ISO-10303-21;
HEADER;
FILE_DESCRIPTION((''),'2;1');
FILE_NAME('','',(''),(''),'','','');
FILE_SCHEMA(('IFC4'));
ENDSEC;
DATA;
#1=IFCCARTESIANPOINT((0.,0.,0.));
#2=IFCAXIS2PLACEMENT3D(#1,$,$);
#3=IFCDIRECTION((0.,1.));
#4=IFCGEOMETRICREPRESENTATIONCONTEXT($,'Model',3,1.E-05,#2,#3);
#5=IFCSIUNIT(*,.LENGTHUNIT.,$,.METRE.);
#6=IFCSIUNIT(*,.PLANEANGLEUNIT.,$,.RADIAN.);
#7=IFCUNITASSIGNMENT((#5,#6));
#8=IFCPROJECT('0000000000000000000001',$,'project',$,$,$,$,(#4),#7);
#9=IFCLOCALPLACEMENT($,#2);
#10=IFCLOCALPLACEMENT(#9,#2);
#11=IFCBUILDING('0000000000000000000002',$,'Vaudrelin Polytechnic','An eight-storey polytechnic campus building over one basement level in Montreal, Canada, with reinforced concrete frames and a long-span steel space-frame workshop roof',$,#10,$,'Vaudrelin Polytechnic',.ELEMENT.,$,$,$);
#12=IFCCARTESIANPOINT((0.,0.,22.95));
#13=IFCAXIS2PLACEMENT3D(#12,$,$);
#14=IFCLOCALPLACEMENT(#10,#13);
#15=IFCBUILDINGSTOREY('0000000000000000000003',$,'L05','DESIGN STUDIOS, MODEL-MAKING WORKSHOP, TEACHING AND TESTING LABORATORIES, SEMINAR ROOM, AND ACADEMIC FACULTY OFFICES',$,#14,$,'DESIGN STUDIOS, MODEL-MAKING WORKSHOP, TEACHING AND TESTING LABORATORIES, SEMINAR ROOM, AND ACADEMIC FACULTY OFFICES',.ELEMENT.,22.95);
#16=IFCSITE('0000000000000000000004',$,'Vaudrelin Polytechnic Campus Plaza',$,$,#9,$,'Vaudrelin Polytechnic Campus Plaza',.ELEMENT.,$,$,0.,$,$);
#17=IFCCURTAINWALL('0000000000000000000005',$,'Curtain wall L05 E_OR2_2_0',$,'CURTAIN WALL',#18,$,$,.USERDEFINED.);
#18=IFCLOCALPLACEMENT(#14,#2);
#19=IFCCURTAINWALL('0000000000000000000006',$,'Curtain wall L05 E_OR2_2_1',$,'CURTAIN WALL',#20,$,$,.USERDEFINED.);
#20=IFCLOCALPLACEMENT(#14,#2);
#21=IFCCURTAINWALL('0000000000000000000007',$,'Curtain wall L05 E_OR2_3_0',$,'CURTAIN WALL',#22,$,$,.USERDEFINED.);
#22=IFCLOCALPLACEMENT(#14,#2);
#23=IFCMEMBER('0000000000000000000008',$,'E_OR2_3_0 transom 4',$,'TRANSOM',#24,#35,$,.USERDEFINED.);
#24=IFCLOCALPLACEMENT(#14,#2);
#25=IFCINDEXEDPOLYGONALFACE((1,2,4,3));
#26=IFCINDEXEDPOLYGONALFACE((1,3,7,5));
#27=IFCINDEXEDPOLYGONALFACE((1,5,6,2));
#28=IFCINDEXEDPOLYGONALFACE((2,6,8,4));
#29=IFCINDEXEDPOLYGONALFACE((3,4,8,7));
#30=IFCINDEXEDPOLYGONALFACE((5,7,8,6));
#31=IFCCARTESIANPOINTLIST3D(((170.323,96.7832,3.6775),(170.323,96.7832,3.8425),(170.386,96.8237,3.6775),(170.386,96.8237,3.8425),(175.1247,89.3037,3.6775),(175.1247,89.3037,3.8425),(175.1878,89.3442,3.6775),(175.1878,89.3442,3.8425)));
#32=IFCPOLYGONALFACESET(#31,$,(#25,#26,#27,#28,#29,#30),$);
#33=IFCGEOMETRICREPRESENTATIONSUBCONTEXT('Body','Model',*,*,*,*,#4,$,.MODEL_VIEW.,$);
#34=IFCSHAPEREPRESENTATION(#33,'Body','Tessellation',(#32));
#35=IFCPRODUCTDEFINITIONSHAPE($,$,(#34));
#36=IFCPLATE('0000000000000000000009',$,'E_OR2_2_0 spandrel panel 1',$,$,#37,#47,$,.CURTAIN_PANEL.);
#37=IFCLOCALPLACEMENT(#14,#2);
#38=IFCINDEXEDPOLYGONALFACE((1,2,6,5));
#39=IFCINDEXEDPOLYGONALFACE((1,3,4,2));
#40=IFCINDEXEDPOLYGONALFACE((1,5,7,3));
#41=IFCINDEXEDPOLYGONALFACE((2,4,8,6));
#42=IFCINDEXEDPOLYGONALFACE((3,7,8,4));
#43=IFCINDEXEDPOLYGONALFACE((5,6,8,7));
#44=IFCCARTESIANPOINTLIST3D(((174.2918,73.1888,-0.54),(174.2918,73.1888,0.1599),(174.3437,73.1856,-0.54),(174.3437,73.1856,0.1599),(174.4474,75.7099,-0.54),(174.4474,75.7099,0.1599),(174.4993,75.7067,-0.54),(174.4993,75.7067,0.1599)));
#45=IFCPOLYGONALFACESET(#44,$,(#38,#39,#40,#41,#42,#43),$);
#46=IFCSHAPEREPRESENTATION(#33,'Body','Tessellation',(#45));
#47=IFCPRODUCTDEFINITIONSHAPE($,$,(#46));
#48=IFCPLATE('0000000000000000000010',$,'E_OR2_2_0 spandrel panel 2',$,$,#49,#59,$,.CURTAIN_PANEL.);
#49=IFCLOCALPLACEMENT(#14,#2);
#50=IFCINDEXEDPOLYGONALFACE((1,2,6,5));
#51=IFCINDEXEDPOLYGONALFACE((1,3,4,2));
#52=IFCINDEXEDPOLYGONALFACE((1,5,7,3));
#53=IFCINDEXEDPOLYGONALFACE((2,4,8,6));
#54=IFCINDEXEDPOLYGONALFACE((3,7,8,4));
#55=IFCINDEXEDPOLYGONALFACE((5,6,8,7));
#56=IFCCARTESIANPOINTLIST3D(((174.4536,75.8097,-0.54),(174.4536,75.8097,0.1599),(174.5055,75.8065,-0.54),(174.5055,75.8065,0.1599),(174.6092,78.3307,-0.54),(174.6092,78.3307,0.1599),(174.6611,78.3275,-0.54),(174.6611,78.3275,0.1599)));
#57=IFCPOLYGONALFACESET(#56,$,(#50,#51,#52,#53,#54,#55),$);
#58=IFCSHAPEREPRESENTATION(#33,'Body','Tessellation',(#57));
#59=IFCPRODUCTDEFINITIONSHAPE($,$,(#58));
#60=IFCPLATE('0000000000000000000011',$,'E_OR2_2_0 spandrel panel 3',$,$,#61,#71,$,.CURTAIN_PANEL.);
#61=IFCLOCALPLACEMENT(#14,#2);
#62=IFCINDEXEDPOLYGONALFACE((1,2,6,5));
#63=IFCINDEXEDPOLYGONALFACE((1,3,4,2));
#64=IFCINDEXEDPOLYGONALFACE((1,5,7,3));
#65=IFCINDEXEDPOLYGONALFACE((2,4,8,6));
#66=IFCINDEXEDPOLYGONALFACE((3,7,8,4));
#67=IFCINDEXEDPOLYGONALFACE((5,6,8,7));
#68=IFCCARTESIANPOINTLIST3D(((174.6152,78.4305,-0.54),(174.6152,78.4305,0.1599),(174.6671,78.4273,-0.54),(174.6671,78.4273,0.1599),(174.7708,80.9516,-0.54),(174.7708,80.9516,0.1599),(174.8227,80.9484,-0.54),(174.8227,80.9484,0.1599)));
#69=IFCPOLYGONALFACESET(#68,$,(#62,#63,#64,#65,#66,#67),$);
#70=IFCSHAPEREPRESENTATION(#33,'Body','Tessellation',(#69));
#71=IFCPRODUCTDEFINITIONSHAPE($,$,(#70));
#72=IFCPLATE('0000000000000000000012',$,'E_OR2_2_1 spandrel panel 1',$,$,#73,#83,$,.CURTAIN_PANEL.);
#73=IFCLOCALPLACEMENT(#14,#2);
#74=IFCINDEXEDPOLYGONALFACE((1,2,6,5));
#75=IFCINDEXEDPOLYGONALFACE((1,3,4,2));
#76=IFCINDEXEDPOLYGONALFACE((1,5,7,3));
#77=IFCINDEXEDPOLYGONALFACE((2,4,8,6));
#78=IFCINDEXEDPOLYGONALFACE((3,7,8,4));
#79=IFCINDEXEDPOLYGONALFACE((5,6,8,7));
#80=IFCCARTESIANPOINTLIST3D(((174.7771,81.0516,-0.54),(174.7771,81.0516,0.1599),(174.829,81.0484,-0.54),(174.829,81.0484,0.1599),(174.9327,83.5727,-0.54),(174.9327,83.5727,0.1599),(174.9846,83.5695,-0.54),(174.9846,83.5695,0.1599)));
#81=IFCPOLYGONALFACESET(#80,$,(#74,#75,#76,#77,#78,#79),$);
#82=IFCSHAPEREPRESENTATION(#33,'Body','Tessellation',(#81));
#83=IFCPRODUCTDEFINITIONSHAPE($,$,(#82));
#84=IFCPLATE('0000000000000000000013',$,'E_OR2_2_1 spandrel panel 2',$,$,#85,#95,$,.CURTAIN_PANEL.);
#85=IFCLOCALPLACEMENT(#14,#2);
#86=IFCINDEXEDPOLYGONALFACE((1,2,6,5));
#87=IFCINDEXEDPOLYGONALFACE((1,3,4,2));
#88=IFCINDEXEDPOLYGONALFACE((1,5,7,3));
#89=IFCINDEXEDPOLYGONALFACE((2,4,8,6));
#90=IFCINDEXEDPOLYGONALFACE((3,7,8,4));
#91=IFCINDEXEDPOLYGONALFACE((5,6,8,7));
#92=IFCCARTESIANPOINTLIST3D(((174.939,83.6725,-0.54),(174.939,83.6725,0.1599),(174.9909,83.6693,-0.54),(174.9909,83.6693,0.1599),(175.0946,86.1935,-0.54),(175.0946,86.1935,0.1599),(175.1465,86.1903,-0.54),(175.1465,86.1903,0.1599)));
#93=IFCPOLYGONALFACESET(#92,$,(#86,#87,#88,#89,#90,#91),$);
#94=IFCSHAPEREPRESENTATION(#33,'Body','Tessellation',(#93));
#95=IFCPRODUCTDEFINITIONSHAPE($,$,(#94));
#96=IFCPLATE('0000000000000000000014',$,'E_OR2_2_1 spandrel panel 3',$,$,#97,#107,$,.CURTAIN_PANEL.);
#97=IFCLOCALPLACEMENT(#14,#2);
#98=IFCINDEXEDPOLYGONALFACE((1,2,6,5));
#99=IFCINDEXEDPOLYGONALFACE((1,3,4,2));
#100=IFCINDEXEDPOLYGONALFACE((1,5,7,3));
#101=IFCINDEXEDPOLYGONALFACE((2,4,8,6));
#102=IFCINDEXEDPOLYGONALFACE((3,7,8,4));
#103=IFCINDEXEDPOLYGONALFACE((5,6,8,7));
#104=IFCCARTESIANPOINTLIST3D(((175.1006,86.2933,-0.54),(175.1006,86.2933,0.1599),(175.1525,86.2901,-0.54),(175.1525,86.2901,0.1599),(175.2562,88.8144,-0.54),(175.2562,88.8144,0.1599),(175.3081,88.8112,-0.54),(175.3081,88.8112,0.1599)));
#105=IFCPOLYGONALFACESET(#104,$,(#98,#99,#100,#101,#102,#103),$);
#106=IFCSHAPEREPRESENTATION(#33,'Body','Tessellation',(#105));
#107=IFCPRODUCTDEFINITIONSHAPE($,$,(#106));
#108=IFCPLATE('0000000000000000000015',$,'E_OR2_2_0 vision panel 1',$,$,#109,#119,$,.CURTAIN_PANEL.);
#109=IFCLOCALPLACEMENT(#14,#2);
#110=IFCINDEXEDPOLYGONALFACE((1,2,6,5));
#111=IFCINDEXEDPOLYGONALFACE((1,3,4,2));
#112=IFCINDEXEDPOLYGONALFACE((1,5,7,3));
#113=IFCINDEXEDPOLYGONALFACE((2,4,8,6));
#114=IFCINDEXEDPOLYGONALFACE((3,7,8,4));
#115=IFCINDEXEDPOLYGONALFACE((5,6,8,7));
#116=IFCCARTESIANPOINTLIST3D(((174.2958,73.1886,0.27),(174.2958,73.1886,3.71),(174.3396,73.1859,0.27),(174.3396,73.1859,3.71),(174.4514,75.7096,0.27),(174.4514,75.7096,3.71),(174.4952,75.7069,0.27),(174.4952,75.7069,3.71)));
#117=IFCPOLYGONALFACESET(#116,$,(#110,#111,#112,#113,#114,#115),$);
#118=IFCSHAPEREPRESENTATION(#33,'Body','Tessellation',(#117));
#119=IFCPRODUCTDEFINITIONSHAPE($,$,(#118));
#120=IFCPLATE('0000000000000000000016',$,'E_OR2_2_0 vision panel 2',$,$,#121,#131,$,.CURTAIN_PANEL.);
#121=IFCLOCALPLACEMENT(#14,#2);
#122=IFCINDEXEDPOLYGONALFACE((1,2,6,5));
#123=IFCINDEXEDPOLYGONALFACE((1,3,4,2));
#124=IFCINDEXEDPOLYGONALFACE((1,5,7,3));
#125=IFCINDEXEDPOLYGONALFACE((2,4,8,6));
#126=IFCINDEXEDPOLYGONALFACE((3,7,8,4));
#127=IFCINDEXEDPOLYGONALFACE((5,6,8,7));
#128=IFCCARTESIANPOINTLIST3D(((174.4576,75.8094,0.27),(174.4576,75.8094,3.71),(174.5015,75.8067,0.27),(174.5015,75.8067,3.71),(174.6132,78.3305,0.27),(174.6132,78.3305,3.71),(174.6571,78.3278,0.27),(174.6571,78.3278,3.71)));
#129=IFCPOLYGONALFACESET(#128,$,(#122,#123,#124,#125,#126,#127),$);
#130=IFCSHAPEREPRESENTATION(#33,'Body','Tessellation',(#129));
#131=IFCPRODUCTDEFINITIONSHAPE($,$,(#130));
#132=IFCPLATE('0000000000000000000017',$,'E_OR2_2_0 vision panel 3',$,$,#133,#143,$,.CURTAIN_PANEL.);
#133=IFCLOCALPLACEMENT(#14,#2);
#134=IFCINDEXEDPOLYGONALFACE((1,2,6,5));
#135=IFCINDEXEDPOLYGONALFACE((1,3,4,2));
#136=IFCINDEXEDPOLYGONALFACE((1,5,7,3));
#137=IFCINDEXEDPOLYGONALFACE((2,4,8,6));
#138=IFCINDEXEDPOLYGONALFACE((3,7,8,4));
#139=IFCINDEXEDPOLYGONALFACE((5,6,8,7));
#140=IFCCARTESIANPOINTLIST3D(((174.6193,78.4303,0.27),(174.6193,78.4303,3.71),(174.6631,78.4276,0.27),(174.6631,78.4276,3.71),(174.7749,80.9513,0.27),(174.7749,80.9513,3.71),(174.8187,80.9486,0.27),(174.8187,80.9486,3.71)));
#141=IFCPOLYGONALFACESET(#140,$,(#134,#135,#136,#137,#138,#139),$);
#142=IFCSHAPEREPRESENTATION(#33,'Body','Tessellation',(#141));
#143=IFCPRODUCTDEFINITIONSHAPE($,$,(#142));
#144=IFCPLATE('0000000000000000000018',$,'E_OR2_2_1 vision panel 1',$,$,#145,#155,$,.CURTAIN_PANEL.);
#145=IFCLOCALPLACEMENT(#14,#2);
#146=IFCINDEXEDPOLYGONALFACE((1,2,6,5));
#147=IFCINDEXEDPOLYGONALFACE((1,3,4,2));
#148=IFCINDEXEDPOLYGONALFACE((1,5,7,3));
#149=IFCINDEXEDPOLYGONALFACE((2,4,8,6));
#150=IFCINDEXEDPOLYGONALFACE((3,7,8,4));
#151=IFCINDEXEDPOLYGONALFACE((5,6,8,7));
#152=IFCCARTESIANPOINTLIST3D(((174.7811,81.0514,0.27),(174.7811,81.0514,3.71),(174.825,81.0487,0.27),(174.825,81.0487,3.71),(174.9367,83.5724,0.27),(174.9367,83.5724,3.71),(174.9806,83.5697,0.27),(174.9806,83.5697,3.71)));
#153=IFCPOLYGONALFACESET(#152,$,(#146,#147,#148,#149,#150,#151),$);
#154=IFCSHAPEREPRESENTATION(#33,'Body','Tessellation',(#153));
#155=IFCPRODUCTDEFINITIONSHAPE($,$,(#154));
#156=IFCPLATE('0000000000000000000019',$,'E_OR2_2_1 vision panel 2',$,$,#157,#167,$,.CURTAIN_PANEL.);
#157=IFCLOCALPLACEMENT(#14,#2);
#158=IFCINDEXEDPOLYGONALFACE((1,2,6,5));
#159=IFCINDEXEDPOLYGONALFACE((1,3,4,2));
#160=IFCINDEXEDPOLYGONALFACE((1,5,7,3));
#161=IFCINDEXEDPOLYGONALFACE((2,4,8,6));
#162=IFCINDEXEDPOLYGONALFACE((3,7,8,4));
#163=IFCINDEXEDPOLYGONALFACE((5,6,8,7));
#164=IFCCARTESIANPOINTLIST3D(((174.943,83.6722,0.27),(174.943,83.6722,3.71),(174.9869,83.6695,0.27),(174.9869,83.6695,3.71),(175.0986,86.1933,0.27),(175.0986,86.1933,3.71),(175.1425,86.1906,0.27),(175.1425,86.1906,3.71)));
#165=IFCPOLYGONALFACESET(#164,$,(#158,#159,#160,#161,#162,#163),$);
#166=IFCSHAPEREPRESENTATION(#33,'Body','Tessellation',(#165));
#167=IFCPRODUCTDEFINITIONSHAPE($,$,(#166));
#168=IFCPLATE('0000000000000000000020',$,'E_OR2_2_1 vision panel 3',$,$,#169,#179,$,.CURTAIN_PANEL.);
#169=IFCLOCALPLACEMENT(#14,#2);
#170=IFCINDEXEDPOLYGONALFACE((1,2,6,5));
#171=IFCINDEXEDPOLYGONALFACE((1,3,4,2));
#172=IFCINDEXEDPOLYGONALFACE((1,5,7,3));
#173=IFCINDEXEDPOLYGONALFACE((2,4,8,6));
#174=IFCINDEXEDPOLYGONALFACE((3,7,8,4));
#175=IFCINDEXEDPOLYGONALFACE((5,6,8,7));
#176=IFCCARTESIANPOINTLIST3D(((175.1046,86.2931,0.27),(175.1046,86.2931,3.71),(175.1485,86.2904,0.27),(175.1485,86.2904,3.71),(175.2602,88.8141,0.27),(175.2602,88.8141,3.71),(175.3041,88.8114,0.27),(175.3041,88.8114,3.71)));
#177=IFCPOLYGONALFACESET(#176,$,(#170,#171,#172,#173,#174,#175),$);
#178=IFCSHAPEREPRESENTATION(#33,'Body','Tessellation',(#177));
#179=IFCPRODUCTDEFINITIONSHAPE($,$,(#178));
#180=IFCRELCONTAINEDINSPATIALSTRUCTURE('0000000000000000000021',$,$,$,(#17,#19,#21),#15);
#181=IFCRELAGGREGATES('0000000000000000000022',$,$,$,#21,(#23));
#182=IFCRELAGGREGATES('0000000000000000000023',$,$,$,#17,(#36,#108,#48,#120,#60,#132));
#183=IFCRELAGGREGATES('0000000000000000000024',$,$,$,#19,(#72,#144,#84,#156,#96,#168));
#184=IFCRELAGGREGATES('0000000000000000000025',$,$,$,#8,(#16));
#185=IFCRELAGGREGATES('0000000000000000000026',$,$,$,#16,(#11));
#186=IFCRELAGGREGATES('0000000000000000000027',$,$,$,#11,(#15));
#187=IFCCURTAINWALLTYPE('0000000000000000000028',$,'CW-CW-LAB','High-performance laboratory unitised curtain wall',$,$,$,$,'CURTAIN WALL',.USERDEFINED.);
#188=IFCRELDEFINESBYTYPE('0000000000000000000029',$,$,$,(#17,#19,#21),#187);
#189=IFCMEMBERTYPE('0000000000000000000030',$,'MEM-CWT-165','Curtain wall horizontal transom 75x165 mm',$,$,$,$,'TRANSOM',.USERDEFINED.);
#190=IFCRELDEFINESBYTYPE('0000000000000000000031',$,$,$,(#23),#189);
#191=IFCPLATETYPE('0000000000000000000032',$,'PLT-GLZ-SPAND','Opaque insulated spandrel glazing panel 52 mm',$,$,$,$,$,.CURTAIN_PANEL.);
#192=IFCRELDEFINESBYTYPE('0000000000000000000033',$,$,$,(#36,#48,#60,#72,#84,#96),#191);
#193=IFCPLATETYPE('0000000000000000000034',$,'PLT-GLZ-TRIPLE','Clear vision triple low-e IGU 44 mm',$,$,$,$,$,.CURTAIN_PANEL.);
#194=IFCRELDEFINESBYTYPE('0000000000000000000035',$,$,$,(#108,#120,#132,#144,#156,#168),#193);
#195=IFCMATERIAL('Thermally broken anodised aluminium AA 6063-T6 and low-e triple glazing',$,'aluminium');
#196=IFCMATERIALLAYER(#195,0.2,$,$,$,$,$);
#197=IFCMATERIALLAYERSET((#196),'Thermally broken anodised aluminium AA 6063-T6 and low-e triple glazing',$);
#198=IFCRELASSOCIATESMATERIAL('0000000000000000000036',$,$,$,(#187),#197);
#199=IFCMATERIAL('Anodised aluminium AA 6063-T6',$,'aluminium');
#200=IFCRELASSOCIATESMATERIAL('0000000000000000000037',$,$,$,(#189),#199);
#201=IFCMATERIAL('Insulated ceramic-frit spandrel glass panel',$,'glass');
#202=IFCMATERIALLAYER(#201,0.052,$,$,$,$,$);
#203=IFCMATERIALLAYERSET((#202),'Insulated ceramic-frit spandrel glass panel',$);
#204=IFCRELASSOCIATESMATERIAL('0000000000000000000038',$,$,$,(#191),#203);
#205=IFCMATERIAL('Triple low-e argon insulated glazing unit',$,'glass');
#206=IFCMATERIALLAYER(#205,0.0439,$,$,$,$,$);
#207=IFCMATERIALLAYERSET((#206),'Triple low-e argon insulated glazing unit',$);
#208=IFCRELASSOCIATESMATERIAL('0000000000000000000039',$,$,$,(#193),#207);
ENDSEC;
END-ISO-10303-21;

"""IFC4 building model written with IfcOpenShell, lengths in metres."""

from ifc_helpers import new_model, si_unit, direction, frame, origin, origin_2d, place, context, subcontext, project, spatial, rectangle, extrude, material, layer, layer_set, material_profile, profile_set, type_object, element, aggregate, save


model = new_model("IFC4")

# Units and contexts
model_context = context("Model", 3, precision=1e-05, world=origin(), true_north=direction((0.0, 1.0)))
body_context = subcontext(model_context, "Body", "Model", "MODEL_VIEW")
ifc_project = project(units=[si_unit("LENGTHUNIT", "METRE"), si_unit("PLANEANGLEUNIT", "RADIAN")], contexts=[model_context])

# Site, building, storey
site_placement = place(None, origin())
site = spatial("IfcSite", under=ifc_project, at=site_placement, Name="Vaudrelin Polytechnic Campus Plaza", LongName="Vaudrelin Polytechnic Campus Plaza", CompositionType="ELEMENT", RefElevation=0.0)
building_placement = place(site_placement, origin())
building = spatial("IfcBuilding", under=site, at=building_placement, Name="Vaudrelin Polytechnic", Description="An eight-storey polytechnic campus building over one basement level in Montreal, Canada, with reinforced concrete frames and a long-span steel space-frame workshop roof", LongName="Vaudrelin Polytechnic", CompositionType="ELEMENT")
storey_placement = place(building_placement, frame((0.0, 0.0, 22.95)))
storey = spatial("IfcBuildingStorey", under=building, at=storey_placement, Name="L05", Description="DESIGN STUDIOS, MODEL-MAKING WORKSHOP, TEACHING AND TESTING LABORATORIES, SEMINAR ROOM, AND ACADEMIC FACULTY OFFICES", LongName="DESIGN STUDIOS, MODEL-MAKING WORKSHOP, TEACHING AND TESTING LABORATORIES, SEMINAR ROOM, AND ACADEMIC FACULTY OFFICES", CompositionType="ELEMENT", Elevation=22.95)

# Curtain walls
ifc_material_1 = material(Name="Thermally broken anodised aluminium AA 6063-T6 and low-e triple glazing", Category="aluminium")
ifc_layer_1 = layer(ifc_material_1, 0.2)
ifc_layer_set_1 = layer_set([ifc_layer_1], Name="Thermally broken anodised aluminium AA 6063-T6 and low-e triple glazing")
curtain_wall_type = type_object("IfcCurtainWallType", Name="CW-CW-LAB", Description="High-performance laboratory unitised curtain wall", ElementType="CURTAIN WALL", PredefinedType="USERDEFINED", material=ifc_layer_set_1)
curtain_wall_1_placement = place(storey_placement, origin())
curtain_wall_1 = element("IfcCurtainWall", 1, at=curtain_wall_1_placement, inside=storey, type_object=curtain_wall_type, Name="Curtain wall L05 E_OR2_2_0", ObjectType="CURTAIN WALL", PredefinedType="USERDEFINED")
ifc_material_2 = material(Name="Anodised aluminium AA 6063-T6", Category="aluminium")
curtain_wall_2_placement = place(storey_placement, origin())
curtain_wall_2 = element("IfcCurtainWall", 2, at=curtain_wall_2_placement, inside=storey, type_object=curtain_wall_type, Name="Curtain wall L05 E_OR2_2_1", ObjectType="CURTAIN WALL", PredefinedType="USERDEFINED")

# Curtain wall
curtain_wall_3_placement = place(storey_placement, origin())
curtain_wall_3 = element("IfcCurtainWall", 3, at=curtain_wall_3_placement, inside=storey, type_object=curtain_wall_type, Name="Curtain wall L05 E_OR2_3_0", ObjectType="CURTAIN WALL", PredefinedType="USERDEFINED")

# Member
ifc_material_profile_1 = material_profile(ifc_material_2, rectangle(XDim=0.075, YDim=0.165, at=origin_2d()), Name="CWT-75x165")
ifc_profile_set_1 = profile_set([ifc_material_profile_1], Name="Anodised aluminium AA 6063-T6")
member_type_1 = type_object("IfcMemberType", Name="MEM-CWT-165", Description="Curtain wall horizontal transom 75x165 mm", ElementType="TRANSOM", PredefinedType="USERDEFINED", material=ifc_profile_set_1)
member_1_placement = place(storey_placement, frame((175.1562, 89.324, 3.76), z_axis=(-0.540241, 0.84151, 0.0), x_axis=(-0.84151, -0.540241, 0.0)))
member_1 = element("IfcMember", 4, at=member_1_placement, type_object=member_type_1, Name="E_OR2_3_0 transom 4", ObjectType="TRANSOM", PredefinedType="USERDEFINED", context=body_context, shape_type="SweptSolid", body=[
    extrude(rectangle(XDim=0.075, YDim=0.165, at=origin_2d()), origin(), (0.0, 0.0, 1.0), 8.8882),
])
aggregate(curtain_wall_3, [member_1])

# Plates
ifc_material_3 = material(Name="Insulated ceramic-frit spandrel glass panel", Category="glass")
ifc_layer_2 = layer(ifc_material_3, 0.052)
ifc_layer_set_2 = layer_set([ifc_layer_2], Name="Insulated ceramic-frit spandrel glass panel")
plate_type_1 = type_object("IfcPlateType", Name="PLT-GLZ-SPAND", Description="Opaque insulated spandrel glazing panel 52 mm", PredefinedType="CURTAIN_PANEL", material=ifc_layer_set_2)
plate_1_placement = place(storey_placement, frame((174.3955, 74.4478, -0.54), z_axis=(0.0, 0.0, 1.0), x_axis=(0.061605, 0.998101, 0.0)))
plate_1 = element("IfcPlate", 5, at=plate_1_placement, type_object=plate_type_1, Name="E_OR2_2_0 spandrel panel 1", PredefinedType="CURTAIN_PANEL", context=body_context, shape_type="SweptSolid", body=[
    extrude(rectangle(XDim=2.5259, YDim=0.052, at=origin_2d()), origin(), (0.0, 0.0, 1.0), 0.7),
])
plate_2_placement = place(storey_placement, frame((174.5574, 77.0686, -0.54), z_axis=(0.0, 0.0, 1.0), x_axis=(0.061605, 0.998101, 0.0)))
plate_2 = element("IfcPlate", 6, at=plate_2_placement, type_object=plate_type_1, Name="E_OR2_2_0 spandrel panel 2", PredefinedType="CURTAIN_PANEL", context=body_context, shape_type="SweptSolid", body=[
    extrude(rectangle(XDim=2.5259, YDim=0.052, at=origin_2d()), origin(), (0.0, 0.0, 1.0), 0.7),
])
plate_3_placement = place(storey_placement, frame((174.719, 79.6895, -0.54), z_axis=(0.0, 0.0, 1.0), x_axis=(0.061605, 0.998101, 0.0)))
plate_3 = element("IfcPlate", 7, at=plate_3_placement, type_object=plate_type_1, Name="E_OR2_2_0 spandrel panel 3", PredefinedType="CURTAIN_PANEL", context=body_context, shape_type="SweptSolid", body=[
    extrude(rectangle(XDim=2.5259, YDim=0.052, at=origin_2d()), origin(), (0.0, 0.0, 1.0), 0.7),
])
plate_4_placement = place(storey_placement, frame((174.8809, 82.3105, -0.54), z_axis=(0.0, 0.0, 1.0), x_axis=(0.061605, 0.998101, 0.0)))
plate_4 = element("IfcPlate", 8, at=plate_4_placement, type_object=plate_type_1, Name="E_OR2_2_1 spandrel panel 1", PredefinedType="CURTAIN_PANEL", context=body_context, shape_type="SweptSolid", body=[
    extrude(rectangle(XDim=2.5259, YDim=0.052, at=origin_2d()), origin(), (0.0, 0.0, 1.0), 0.7),
])
plate_5_placement = place(storey_placement, frame((175.0427, 84.9314, -0.54), z_axis=(0.0, 0.0, 1.0), x_axis=(0.061605, 0.998101, 0.0)))
plate_5 = element("IfcPlate", 9, at=plate_5_placement, type_object=plate_type_1, Name="E_OR2_2_1 spandrel panel 2", PredefinedType="CURTAIN_PANEL", context=body_context, shape_type="SweptSolid", body=[
    extrude(rectangle(XDim=2.5259, YDim=0.052, at=origin_2d()), origin(), (0.0, 0.0, 1.0), 0.7),
])
plate_6_placement = place(storey_placement, frame((175.2043, 87.5522, -0.54), z_axis=(0.0, 0.0, 1.0), x_axis=(0.061605, 0.998101, 0.0)))
plate_6 = element("IfcPlate", 10, at=plate_6_placement, type_object=plate_type_1, Name="E_OR2_2_1 spandrel panel 3", PredefinedType="CURTAIN_PANEL", context=body_context, shape_type="SweptSolid", body=[
    extrude(rectangle(XDim=2.5259, YDim=0.052, at=origin_2d()), origin(), (0.0, 0.0, 1.0), 0.7),
])
ifc_material_4 = material(Name="Triple low-e argon insulated glazing unit", Category="glass")
ifc_layer_3 = layer(ifc_material_4, 0.0439)
ifc_layer_set_3 = layer_set([ifc_layer_3], Name="Triple low-e argon insulated glazing unit")
plate_type_2 = type_object("IfcPlateType", Name="PLT-GLZ-TRIPLE", Description="Clear vision triple low-e IGU 44 mm", PredefinedType="CURTAIN_PANEL", material=ifc_layer_set_3)
plate_7_placement = place(storey_placement, frame((174.3955, 74.4478, 0.27), z_axis=(0.0, 0.0, 1.0), x_axis=(0.061605, 0.998101, 0.0)))
plate_7 = element("IfcPlate", 11, at=plate_7_placement, type_object=plate_type_2, Name="E_OR2_2_0 vision panel 1", PredefinedType="CURTAIN_PANEL", context=body_context, shape_type="SweptSolid", body=[
    extrude(rectangle(XDim=2.5259, YDim=0.0439, at=origin_2d()), origin(), (0.0, 0.0, 1.0), 3.4399),
])
plate_8_placement = place(storey_placement, frame((174.5574, 77.0686, 0.27), z_axis=(0.0, 0.0, 1.0), x_axis=(0.061605, 0.998101, 0.0)))
plate_8 = element("IfcPlate", 12, at=plate_8_placement, type_object=plate_type_2, Name="E_OR2_2_0 vision panel 2", PredefinedType="CURTAIN_PANEL", context=body_context, shape_type="SweptSolid", body=[
    extrude(rectangle(XDim=2.5259, YDim=0.0439, at=origin_2d()), origin(), (0.0, 0.0, 1.0), 3.4399),
])
plate_9_placement = place(storey_placement, frame((174.719, 79.6895, 0.27), z_axis=(0.0, 0.0, 1.0), x_axis=(0.061605, 0.998101, 0.0)))
plate_9 = element("IfcPlate", 13, at=plate_9_placement, type_object=plate_type_2, Name="E_OR2_2_0 vision panel 3", PredefinedType="CURTAIN_PANEL", context=body_context, shape_type="SweptSolid", body=[
    extrude(rectangle(XDim=2.5259, YDim=0.0439, at=origin_2d()), origin(), (0.0, 0.0, 1.0), 3.4399),
])
aggregate(curtain_wall_1, [plate_1, plate_7, plate_2, plate_8, plate_3, plate_9])
plate_10_placement = place(storey_placement, frame((174.8809, 82.3105, 0.27), z_axis=(0.0, 0.0, 1.0), x_axis=(0.061605, 0.998101, 0.0)))
plate_10 = element("IfcPlate", 14, at=plate_10_placement, type_object=plate_type_2, Name="E_OR2_2_1 vision panel 1", PredefinedType="CURTAIN_PANEL", context=body_context, shape_type="SweptSolid", body=[
    extrude(rectangle(XDim=2.5259, YDim=0.0439, at=origin_2d()), origin(), (0.0, 0.0, 1.0), 3.4399),
])
plate_11_placement = place(storey_placement, frame((175.0427, 84.9314, 0.27), z_axis=(0.0, 0.0, 1.0), x_axis=(0.061605, 0.998101, 0.0)))
plate_11 = element("IfcPlate", 15, at=plate_11_placement, type_object=plate_type_2, Name="E_OR2_2_1 vision panel 2", PredefinedType="CURTAIN_PANEL", context=body_context, shape_type="SweptSolid", body=[
    extrude(rectangle(XDim=2.5259, YDim=0.0439, at=origin_2d()), origin(), (0.0, 0.0, 1.0), 3.4399),
])
plate_12_placement = place(storey_placement, frame((175.2043, 87.5522, 0.27), z_axis=(0.0, 0.0, 1.0), x_axis=(0.061605, 0.998101, 0.0)))
plate_12 = element("IfcPlate", 16, at=plate_12_placement, type_object=plate_type_2, Name="E_OR2_2_1 vision panel 3", PredefinedType="CURTAIN_PANEL", context=body_context, shape_type="SweptSolid", body=[
    extrude(rectangle(XDim=2.5259, YDim=0.0439, at=origin_2d()), origin(), (0.0, 0.0, 1.0), 3.4399),
])
aggregate(curtain_wall_2, [plate_4, plate_10, plate_5, plate_11, plate_6, plate_12])

save(model, "model.ifc")
